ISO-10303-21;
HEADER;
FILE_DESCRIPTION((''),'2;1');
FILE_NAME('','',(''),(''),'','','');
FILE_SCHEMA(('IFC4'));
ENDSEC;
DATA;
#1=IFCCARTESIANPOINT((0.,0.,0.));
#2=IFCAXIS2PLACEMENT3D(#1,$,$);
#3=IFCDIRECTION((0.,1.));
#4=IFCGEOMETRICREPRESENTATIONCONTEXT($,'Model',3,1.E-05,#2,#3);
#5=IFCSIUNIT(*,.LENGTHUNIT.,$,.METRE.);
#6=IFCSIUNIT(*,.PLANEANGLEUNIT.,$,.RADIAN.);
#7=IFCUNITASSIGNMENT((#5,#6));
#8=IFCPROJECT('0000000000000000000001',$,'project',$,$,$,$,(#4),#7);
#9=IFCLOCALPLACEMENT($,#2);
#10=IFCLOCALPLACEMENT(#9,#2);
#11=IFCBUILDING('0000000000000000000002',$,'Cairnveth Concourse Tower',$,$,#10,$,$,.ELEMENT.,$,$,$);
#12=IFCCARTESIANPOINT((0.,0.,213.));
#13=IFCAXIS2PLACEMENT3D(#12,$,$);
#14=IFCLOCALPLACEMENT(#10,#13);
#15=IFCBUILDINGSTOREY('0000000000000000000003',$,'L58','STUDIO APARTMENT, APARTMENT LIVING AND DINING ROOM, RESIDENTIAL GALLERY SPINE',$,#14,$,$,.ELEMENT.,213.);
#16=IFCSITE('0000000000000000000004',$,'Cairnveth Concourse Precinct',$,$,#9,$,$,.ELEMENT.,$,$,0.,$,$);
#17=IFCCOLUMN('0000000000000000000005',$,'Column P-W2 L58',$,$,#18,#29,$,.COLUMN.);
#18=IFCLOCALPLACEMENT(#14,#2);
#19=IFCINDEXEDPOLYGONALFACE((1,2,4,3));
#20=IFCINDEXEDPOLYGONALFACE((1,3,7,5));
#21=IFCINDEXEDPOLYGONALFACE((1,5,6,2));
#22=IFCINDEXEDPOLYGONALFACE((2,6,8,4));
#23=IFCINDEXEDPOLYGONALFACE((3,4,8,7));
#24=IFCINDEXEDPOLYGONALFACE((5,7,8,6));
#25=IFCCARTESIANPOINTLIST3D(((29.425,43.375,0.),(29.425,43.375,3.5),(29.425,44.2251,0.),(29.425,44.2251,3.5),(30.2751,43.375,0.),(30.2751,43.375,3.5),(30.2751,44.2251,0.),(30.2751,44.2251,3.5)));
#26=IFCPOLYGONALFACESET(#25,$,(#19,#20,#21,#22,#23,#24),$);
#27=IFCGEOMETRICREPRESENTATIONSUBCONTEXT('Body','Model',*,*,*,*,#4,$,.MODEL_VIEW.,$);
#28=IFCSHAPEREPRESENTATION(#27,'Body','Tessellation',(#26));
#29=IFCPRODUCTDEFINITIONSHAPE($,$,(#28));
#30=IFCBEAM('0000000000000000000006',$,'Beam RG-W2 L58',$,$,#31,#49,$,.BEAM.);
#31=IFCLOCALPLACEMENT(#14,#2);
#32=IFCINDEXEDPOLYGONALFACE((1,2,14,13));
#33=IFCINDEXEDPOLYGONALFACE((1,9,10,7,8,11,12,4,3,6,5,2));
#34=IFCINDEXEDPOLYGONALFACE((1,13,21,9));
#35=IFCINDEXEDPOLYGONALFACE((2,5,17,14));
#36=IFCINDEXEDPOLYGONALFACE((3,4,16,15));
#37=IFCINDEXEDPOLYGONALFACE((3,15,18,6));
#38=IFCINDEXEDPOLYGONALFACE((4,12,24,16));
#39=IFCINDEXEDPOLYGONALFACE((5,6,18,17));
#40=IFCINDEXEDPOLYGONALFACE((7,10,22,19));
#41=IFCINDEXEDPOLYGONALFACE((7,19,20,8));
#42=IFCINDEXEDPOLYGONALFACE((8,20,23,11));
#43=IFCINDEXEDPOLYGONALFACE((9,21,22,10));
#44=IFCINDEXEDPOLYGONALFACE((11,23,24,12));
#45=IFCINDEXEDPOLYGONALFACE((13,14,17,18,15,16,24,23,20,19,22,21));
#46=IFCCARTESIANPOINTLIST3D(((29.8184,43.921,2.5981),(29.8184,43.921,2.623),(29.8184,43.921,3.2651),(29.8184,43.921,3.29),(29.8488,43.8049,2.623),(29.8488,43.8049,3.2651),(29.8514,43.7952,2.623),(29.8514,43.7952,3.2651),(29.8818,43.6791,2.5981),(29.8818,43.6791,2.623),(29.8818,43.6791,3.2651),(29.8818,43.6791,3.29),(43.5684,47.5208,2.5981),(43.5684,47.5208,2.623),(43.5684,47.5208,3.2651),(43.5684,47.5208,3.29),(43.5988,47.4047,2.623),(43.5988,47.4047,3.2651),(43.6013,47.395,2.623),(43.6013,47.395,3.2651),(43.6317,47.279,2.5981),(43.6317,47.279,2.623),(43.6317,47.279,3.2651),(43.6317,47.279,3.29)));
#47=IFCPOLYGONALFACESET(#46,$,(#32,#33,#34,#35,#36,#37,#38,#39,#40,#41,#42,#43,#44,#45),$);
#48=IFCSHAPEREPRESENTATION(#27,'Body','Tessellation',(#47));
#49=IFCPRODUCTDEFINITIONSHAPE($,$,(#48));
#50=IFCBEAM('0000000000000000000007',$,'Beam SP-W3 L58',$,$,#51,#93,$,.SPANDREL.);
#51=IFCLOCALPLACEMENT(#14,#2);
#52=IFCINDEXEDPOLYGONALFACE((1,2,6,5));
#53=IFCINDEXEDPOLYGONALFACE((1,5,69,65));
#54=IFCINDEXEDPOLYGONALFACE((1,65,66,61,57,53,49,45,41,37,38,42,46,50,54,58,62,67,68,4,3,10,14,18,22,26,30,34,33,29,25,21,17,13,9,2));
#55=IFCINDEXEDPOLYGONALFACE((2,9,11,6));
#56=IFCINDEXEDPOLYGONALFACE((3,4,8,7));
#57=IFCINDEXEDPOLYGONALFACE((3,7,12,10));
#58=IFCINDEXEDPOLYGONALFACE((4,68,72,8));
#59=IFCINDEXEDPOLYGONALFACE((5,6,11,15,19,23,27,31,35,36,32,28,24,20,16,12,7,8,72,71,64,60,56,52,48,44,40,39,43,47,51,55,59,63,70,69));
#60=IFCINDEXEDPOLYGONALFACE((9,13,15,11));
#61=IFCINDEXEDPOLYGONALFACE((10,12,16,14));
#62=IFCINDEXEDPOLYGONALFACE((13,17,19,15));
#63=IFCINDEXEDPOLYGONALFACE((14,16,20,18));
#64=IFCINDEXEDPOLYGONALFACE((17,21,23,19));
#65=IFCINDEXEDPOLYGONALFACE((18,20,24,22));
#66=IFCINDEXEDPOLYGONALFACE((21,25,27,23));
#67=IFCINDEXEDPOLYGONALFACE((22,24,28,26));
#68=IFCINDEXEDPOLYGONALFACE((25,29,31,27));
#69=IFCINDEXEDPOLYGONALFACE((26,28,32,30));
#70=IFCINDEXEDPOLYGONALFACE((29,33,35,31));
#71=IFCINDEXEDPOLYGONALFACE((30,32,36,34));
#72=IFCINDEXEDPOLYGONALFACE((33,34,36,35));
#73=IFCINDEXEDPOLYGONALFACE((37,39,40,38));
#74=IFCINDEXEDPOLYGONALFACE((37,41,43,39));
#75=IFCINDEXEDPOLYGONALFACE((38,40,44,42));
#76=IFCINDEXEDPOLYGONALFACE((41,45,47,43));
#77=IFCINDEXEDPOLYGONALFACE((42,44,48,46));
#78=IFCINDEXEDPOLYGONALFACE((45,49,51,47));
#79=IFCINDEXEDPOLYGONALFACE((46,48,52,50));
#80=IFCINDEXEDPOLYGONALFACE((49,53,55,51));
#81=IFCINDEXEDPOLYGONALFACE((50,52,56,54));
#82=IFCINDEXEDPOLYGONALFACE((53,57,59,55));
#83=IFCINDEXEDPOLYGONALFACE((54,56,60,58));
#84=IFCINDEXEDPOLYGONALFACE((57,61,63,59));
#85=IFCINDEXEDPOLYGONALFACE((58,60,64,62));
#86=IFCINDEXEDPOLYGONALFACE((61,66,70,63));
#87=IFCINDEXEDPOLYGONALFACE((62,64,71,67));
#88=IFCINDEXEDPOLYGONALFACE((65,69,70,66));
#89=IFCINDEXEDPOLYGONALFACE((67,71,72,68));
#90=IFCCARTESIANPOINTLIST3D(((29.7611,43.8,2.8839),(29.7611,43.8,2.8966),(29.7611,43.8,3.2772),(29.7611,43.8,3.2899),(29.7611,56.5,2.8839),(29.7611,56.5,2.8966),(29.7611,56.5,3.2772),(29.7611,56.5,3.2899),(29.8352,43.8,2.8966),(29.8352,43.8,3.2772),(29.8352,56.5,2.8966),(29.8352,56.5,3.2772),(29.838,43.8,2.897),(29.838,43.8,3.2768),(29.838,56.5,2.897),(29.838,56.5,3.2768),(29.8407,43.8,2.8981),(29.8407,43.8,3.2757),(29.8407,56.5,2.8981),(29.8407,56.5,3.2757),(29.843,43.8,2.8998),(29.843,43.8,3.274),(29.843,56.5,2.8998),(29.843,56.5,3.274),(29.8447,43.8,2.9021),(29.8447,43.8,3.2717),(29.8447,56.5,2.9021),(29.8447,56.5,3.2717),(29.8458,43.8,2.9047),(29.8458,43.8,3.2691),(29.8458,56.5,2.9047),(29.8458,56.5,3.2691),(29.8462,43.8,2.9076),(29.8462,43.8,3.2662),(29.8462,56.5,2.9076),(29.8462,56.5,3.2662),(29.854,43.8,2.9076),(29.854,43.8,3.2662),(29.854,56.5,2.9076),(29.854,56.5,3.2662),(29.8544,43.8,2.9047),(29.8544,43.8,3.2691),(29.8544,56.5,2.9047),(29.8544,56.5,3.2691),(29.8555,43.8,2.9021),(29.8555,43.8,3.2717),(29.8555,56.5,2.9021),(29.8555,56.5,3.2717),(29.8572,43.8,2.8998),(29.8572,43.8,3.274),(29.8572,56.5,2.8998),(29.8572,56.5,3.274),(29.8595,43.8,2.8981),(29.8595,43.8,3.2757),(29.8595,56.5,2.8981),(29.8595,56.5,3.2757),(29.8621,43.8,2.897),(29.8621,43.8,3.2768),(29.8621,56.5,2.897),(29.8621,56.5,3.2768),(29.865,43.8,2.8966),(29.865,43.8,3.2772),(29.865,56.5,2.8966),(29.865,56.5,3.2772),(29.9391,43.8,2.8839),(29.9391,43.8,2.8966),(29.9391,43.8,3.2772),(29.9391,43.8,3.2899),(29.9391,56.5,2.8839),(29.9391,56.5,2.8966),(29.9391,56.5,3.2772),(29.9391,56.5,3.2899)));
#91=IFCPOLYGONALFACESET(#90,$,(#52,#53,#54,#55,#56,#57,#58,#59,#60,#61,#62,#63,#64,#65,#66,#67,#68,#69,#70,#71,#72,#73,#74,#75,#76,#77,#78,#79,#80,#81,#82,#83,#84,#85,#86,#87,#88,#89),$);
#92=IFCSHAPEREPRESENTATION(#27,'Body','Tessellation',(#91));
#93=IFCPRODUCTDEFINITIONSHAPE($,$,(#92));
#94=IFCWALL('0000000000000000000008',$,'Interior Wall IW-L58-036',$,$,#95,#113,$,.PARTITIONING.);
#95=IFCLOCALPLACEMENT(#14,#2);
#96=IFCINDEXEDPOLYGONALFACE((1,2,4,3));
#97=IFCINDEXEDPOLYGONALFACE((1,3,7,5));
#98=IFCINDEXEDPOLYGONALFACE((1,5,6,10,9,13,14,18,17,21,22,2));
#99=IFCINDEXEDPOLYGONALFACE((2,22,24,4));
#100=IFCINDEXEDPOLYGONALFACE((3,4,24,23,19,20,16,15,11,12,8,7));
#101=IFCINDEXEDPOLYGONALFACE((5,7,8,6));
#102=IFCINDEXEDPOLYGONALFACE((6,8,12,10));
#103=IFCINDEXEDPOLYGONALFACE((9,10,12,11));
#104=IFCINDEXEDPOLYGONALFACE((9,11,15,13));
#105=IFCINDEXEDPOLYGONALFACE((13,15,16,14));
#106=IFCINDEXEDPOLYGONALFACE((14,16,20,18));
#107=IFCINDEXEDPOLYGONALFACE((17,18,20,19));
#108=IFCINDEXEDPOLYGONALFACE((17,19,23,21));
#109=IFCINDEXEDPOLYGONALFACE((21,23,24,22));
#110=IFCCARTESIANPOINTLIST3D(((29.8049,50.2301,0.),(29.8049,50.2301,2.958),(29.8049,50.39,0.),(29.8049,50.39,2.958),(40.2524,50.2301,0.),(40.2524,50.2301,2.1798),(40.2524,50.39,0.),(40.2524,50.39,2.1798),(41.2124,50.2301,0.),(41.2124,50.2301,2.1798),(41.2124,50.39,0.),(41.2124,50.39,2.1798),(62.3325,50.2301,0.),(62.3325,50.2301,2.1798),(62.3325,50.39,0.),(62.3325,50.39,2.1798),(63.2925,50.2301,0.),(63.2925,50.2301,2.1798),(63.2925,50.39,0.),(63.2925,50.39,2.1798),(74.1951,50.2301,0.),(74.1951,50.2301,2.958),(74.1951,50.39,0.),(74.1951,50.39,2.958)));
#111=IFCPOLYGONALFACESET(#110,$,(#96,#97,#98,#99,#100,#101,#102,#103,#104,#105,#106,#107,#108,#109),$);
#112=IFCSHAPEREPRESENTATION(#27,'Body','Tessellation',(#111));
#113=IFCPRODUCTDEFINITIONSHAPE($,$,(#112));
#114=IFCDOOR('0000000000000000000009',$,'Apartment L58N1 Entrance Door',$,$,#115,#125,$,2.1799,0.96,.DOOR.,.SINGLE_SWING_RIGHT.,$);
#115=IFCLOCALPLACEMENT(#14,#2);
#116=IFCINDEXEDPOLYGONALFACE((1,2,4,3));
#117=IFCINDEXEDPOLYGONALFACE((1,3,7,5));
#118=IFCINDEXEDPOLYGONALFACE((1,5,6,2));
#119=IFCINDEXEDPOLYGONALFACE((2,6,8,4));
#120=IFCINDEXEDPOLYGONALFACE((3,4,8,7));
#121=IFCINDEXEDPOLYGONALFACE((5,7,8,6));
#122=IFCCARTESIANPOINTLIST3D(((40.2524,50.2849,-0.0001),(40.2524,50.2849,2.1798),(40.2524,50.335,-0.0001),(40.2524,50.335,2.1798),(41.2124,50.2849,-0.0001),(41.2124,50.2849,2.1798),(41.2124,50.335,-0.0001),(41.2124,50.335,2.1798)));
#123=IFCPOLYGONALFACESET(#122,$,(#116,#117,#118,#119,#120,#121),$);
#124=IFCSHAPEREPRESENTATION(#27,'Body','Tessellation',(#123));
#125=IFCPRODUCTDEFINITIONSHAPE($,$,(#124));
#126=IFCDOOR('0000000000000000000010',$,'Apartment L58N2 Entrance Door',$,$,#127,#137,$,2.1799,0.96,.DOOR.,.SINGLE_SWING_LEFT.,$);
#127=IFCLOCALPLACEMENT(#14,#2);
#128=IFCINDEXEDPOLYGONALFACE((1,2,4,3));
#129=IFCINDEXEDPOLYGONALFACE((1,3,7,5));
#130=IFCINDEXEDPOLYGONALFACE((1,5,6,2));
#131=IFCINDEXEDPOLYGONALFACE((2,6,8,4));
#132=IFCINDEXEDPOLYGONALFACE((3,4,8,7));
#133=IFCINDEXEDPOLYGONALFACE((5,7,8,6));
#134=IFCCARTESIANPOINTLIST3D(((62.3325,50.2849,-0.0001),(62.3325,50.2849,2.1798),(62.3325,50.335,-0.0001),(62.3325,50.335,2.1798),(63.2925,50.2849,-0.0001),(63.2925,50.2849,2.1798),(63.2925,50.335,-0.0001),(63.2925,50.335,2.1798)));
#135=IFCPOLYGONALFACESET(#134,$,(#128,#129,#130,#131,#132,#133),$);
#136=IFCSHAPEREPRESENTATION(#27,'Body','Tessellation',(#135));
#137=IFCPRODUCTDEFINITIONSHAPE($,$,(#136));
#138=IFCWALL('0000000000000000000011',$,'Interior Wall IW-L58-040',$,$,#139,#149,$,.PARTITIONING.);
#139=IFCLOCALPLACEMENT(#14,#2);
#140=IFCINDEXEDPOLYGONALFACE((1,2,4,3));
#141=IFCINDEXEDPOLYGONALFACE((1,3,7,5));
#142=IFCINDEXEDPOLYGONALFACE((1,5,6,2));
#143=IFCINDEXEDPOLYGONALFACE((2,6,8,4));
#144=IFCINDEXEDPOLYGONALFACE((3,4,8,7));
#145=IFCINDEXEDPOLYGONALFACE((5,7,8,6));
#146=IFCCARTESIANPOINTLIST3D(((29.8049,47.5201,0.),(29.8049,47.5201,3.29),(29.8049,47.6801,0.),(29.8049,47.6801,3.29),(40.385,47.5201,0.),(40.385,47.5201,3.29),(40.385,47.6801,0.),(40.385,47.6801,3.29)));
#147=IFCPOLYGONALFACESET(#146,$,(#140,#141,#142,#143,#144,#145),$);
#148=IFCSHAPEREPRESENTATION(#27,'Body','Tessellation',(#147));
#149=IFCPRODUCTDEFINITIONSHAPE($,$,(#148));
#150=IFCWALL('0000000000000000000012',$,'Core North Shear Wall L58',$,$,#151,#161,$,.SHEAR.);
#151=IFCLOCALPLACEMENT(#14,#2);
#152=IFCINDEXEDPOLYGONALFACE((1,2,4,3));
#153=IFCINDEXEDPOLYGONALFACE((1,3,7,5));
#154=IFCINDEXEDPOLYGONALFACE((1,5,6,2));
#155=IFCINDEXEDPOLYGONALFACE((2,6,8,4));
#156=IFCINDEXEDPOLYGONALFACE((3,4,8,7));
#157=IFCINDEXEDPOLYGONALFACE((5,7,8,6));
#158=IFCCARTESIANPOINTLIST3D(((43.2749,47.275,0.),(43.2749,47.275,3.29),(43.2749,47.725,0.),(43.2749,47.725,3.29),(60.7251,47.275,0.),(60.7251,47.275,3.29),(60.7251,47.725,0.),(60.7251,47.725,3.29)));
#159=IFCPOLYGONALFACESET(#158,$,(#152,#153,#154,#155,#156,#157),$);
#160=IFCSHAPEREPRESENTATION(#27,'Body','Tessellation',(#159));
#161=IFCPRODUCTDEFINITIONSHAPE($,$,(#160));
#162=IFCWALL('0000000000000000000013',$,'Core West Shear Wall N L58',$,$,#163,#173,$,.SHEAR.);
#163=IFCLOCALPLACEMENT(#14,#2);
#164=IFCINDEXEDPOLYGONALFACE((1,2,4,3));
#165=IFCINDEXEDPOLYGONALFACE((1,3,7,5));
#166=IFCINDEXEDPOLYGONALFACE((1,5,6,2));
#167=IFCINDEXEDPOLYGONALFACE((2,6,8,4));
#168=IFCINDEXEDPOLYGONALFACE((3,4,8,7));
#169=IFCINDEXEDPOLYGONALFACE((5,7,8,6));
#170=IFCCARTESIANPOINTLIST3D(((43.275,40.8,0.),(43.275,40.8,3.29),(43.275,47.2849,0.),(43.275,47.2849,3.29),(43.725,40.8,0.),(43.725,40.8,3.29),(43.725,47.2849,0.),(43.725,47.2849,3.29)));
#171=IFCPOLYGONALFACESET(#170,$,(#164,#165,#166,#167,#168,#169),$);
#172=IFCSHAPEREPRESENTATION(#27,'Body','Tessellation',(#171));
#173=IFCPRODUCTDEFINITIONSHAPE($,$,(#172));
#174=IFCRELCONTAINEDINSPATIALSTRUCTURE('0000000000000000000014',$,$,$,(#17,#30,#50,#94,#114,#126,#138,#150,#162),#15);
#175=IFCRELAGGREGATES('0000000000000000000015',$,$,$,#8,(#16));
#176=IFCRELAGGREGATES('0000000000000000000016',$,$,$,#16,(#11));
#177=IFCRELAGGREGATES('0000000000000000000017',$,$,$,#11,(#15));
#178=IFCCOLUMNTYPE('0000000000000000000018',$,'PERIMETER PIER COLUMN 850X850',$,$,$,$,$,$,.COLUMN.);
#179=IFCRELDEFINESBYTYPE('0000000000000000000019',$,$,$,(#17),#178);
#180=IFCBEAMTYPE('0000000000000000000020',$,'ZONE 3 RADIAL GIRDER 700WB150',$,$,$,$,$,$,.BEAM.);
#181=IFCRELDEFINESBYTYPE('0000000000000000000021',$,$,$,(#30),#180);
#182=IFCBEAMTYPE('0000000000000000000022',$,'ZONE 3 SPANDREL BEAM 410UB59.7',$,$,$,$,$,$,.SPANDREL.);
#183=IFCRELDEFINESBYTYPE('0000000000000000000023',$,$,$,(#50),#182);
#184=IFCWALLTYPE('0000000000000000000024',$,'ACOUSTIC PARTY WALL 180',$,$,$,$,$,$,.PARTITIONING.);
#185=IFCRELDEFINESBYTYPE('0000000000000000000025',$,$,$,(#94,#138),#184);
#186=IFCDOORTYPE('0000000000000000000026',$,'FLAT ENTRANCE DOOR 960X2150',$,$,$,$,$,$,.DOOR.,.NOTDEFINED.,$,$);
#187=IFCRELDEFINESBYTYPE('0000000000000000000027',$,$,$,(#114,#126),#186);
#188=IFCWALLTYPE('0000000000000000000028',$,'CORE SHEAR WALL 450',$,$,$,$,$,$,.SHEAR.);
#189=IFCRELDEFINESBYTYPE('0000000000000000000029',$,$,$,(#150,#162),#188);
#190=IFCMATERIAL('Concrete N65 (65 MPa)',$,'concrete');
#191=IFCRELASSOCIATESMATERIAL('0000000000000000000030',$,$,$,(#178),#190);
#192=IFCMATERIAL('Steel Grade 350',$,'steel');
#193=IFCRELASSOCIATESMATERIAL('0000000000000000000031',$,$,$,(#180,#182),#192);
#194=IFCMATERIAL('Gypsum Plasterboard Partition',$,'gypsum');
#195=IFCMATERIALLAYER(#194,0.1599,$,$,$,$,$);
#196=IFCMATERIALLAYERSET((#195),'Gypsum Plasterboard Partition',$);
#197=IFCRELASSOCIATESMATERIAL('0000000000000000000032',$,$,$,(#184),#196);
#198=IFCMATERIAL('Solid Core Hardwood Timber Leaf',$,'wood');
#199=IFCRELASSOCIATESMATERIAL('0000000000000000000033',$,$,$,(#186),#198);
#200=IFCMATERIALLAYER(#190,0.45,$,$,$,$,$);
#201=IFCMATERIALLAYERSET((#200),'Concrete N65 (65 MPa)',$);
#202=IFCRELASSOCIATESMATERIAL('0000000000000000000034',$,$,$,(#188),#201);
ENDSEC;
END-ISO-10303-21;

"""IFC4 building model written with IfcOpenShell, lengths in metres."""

from ifc_helpers import new_model, si_unit, direction, frame, frame_2d, origin, origin_2d, place, context, subcontext, project, spatial, rectangle, i_section, extrude, material, layer, layer_set, material_profile, profile_set, type_object, element, fill, save


model = new_model("IFC4")

# Units and contexts
model_context = context("Model", 3, precision=1e-05, world=origin(), true_north=direction((0.0, 1.0)))
body_context = subcontext(model_context, "Body", "Model", "MODEL_VIEW")
ifc_project = project(units=[si_unit("LENGTHUNIT", "METRE"), si_unit("PLANEANGLEUNIT", "RADIAN")], contexts=[model_context])

# Site, building, storey
site_placement = place(None, origin())
site = spatial("IfcSite", under=ifc_project, at=site_placement, Name="Cairnveth Concourse Precinct", CompositionType="ELEMENT", RefElevation=0.0)
building_placement = place(site_placement, origin())
building = spatial("IfcBuilding", under=site, at=building_placement, Name="Cairnveth Concourse Tower", CompositionType="ELEMENT")
storey_placement = place(building_placement, frame((0.0, 0.0, 213.0)))
storey = spatial("IfcBuildingStorey", under=building, at=storey_placement, Name="L58", Description="STUDIO APARTMENT, APARTMENT LIVING AND DINING ROOM, RESIDENTIAL GALLERY SPINE", CompositionType="ELEMENT", Elevation=213.0)

# Column
ifc_material_1 = material(Name="Concrete N65 (65 MPa)", Category="concrete")
ifc_material_profile_1 = material_profile(ifc_material_1, rectangle(XDim=0.8501, YDim=0.8501, at=origin_2d()), Name="RC-COL-850x850")
ifc_profile_set_1 = profile_set([ifc_material_profile_1], Name="Concrete N65 (65 MPa)")
column_type = type_object("IfcColumnType", Name="PERIMETER PIER COLUMN 850X850", PredefinedType="COLUMN", material=ifc_profile_set_1)
column_placement = place(storey_placement, frame((29.8501, 43.8, 0.0), z_axis=(0.0, 0.0, 1.0), x_axis=(0.0, 1.0, 0.0)))
element("IfcColumn", 1, at=column_placement, inside=storey, type_object=column_type, Name="Column P-W2 L58", PredefinedType="COLUMN", context=body_context, shape_type="SweptSolid", body=[
    extrude(rectangle(XDim=0.8501, YDim=0.8501, at=origin_2d()), origin(), (0.0, 0.0, 1.0), 3.5),
])

# Beams
ifc_material_2 = material(Name="Steel Grade 350", Category="steel")
ifc_material_profile_2 = material_profile(ifc_material_2, i_section(OverallWidth=0.25, OverallDepth=0.6919, WebThickness=0.01, FlangeThickness=0.0249, at=origin_2d()), Name="700WB150")
ifc_profile_set_2 = profile_set([ifc_material_profile_2], Name="Steel Grade 350")
beam_type_1 = type_object("IfcBeamType", Name="ZONE 3 RADIAL GIRDER 700WB150", PredefinedType="BEAM", material=ifc_profile_set_2)
beam_1_placement = place(storey_placement, frame((29.8501, 43.8, 2.9441), z_axis=(0.967395, 0.253271, 0.0), x_axis=(-0.253271, 0.967395, 0.0)))
element("IfcBeam", 2, at=beam_1_placement, inside=storey, type_object=beam_type_1, Name="Beam RG-W2 L58", PredefinedType="BEAM", context=body_context, shape_type="SweptSolid", body=[
    extrude(i_section(OverallWidth=0.25, OverallDepth=0.6919, WebThickness=0.01, FlangeThickness=0.0249, at=origin_2d()), origin(), (0.0, 0.0, 1.0), 14.2134),
])
ifc_material_profile_3 = material_profile(ifc_material_2, i_section(OverallWidth=0.178, OverallDepth=0.406, WebThickness=0.0078, FlangeThickness=0.0127, FilletRadius=0.011, at=origin_2d()), Name="410UB59.7")
ifc_profile_set_3 = profile_set([ifc_material_profile_3], Name="Steel Grade 350")
beam_type_2 = type_object("IfcBeamType", Name="ZONE 3 SPANDREL BEAM 410UB59.7", PredefinedType="SPANDREL", material=ifc_profile_set_3)
beam_2_placement = place(storey_placement, frame((29.8501, 43.8, 3.0869), z_axis=(0.0, 1.0, 0.0), x_axis=(-1.0, 0.0, 0.0)))
element("IfcBeam", 3, at=beam_2_placement, inside=storey, type_object=beam_type_2, Name="Beam SP-W3 L58", PredefinedType="SPANDREL", context=body_context, shape_type="SweptSolid", body=[
    extrude(i_section(OverallWidth=0.178, OverallDepth=0.406, WebThickness=0.0078, FlangeThickness=0.0127, FilletRadius=0.011, at=origin_2d()), origin(), (0.0, 0.0, 1.0), 12.7),
])

# Wall, openings, doors
ifc_material_3 = material(Name="Gypsum Plasterboard Partition", Category="gypsum")
ifc_layer_1 = layer(ifc_material_3, 0.1599)
ifc_layer_set_1 = layer_set([ifc_layer_1], Name="Gypsum Plasterboard Partition")
wall_type_1 = type_object("IfcWallType", Name="ACOUSTIC PARTY WALL 180", PredefinedType="PARTITIONING", material=ifc_layer_set_1)
wall_1_placement = place(storey_placement, frame((29.8049, 50.3101, 0.0), z_axis=(0.0, 0.0, 1.0), x_axis=(1.0, 0.0, 0.0)))
wall_1 = element("IfcWall", 4, at=wall_1_placement, inside=storey, type_object=wall_type_1, Name="Interior Wall IW-L58-036", PredefinedType="PARTITIONING", context=body_context, shape_type="SweptSolid", body=[
    extrude(rectangle(XDim=44.3901, YDim=0.1599, at=frame_2d((22.1951, 0.0))), origin(), (0.0, 0.0, 1.0), 2.958),
])
opening_1_placement = place(wall_1_placement, frame((10.4475, 0.0, 0.0)))
opening_1 = element("IfcOpeningElement", 5, at=opening_1_placement, cuts=wall_1, PredefinedType="OPENING", context=body_context, shape_type="SweptSolid", body=[
    extrude(rectangle(XDim=0.96, YDim=2.1799, at=frame_2d((0.48, 1.0898))), frame((0.0, 0.0898, 0.0), z_axis=(0.0, -1.0, 0.0), x_axis=(1.0, 0.0, 0.0)), (0.0, 0.0, 1.0), 0.1799),
])
opening_2_placement = place(wall_1_placement, frame((32.5276, 0.0, 0.0)))
opening_2 = element("IfcOpeningElement", 6, at=opening_2_placement, cuts=wall_1, PredefinedType="OPENING", context=body_context, shape_type="SweptSolid", body=[
    extrude(rectangle(XDim=0.96, YDim=2.1799, at=frame_2d((0.48, 1.0898))), frame((0.0, 0.0898, 0.0), z_axis=(0.0, -1.0, 0.0), x_axis=(1.0, 0.0, 0.0)), (0.0, 0.0, 1.0), 0.1799),
])
ifc_material_4 = material(Name="Solid Core Hardwood Timber Leaf", Category="wood")
door_type_1 = type_object("IfcDoorType", Name="FLAT ENTRANCE DOOR 960X2150", OperationType="NOTDEFINED", PredefinedType="DOOR", material=ifc_material_4)
door_1_placement = place(opening_1_placement, origin())
door_1 = element("IfcDoor", 7, at=door_1_placement, inside=storey, type_object=door_type_1, Name="Apartment L58N1 Entrance Door", OperationType="SINGLE_SWING_RIGHT", OverallHeight=2.1799, OverallWidth=0.96, PredefinedType="DOOR", context=body_context, shape_type="SweptSolid", body=[
    extrude(rectangle(XDim=0.96, YDim=2.1799, at=frame_2d((0.48, 1.0898))), frame((0.0, 0.0249, 0.0), z_axis=(0.0, -1.0, 0.0), x_axis=(1.0, 0.0, 0.0)), (0.0, 0.0, 1.0), 0.05),
])
fill(opening_1, door_1)
door_2_placement = place(opening_2_placement, origin())
door_2 = element("IfcDoor", 8, at=door_2_placement, inside=storey, type_object=door_type_1, Name="Apartment L58N2 Entrance Door", OperationType="SINGLE_SWING_LEFT", OverallHeight=2.1799, OverallWidth=0.96, PredefinedType="DOOR", context=body_context, shape_type="SweptSolid", body=[
    extrude(rectangle(XDim=0.96, YDim=2.1799, at=frame_2d((0.48, 1.0898))), frame((0.0, 0.0249, 0.0), z_axis=(0.0, -1.0, 0.0), x_axis=(1.0, 0.0, 0.0)), (0.0, 0.0, 1.0), 0.05),
])
fill(opening_2, door_2)

# Walls
wall_2_placement = place(storey_placement, frame((29.8049, 47.6001, 0.0), z_axis=(0.0, 0.0, 1.0), x_axis=(1.0, 0.0, 0.0)))
element("IfcWall", 9, at=wall_2_placement, inside=storey, type_object=wall_type_1, Name="Interior Wall IW-L58-040", PredefinedType="PARTITIONING", context=body_context, shape_type="SweptSolid", body=[
    extrude(rectangle(XDim=10.5801, YDim=0.1599, at=frame_2d((5.29, 0.0))), origin(), (0.0, 0.0, 1.0), 3.29),
])
ifc_layer_2 = layer(ifc_material_1, 0.45)
ifc_layer_set_2 = layer_set([ifc_layer_2], Name="Concrete N65 (65 MPa)")
wall_type_2 = type_object("IfcWallType", Name="CORE SHEAR WALL 450", PredefinedType="SHEAR", material=ifc_layer_set_2)
wall_3_placement = place(storey_placement, frame((43.2749, 47.5, 0.0), z_axis=(0.0, 0.0, 1.0), x_axis=(1.0, 0.0, 0.0)))
element("IfcWall", 10, at=wall_3_placement, inside=storey, type_object=wall_type_2, Name="Core North Shear Wall L58", PredefinedType="SHEAR", context=body_context, shape_type="SweptSolid", body=[
    extrude(rectangle(XDim=17.4502, YDim=0.45, at=frame_2d((8.7251, 0.0))), origin(), (0.0, 0.0, 1.0), 3.29),
])
wall_4_placement = place(storey_placement, frame((43.5, 40.8, 0.0), z_axis=(0.0, 0.0, 1.0), x_axis=(0.0, 1.0, 0.0)))
element("IfcWall", 11, at=wall_4_placement, inside=storey, type_object=wall_type_2, Name="Core West Shear Wall N L58", PredefinedType="SHEAR", context=body_context, shape_type="SweptSolid", body=[
    extrude(rectangle(XDim=6.4849, YDim=0.45, at=frame_2d((3.2424, 0.0))), origin(), (0.0, 0.0, 1.0), 3.29),
])

save(model, "model.ifc")
